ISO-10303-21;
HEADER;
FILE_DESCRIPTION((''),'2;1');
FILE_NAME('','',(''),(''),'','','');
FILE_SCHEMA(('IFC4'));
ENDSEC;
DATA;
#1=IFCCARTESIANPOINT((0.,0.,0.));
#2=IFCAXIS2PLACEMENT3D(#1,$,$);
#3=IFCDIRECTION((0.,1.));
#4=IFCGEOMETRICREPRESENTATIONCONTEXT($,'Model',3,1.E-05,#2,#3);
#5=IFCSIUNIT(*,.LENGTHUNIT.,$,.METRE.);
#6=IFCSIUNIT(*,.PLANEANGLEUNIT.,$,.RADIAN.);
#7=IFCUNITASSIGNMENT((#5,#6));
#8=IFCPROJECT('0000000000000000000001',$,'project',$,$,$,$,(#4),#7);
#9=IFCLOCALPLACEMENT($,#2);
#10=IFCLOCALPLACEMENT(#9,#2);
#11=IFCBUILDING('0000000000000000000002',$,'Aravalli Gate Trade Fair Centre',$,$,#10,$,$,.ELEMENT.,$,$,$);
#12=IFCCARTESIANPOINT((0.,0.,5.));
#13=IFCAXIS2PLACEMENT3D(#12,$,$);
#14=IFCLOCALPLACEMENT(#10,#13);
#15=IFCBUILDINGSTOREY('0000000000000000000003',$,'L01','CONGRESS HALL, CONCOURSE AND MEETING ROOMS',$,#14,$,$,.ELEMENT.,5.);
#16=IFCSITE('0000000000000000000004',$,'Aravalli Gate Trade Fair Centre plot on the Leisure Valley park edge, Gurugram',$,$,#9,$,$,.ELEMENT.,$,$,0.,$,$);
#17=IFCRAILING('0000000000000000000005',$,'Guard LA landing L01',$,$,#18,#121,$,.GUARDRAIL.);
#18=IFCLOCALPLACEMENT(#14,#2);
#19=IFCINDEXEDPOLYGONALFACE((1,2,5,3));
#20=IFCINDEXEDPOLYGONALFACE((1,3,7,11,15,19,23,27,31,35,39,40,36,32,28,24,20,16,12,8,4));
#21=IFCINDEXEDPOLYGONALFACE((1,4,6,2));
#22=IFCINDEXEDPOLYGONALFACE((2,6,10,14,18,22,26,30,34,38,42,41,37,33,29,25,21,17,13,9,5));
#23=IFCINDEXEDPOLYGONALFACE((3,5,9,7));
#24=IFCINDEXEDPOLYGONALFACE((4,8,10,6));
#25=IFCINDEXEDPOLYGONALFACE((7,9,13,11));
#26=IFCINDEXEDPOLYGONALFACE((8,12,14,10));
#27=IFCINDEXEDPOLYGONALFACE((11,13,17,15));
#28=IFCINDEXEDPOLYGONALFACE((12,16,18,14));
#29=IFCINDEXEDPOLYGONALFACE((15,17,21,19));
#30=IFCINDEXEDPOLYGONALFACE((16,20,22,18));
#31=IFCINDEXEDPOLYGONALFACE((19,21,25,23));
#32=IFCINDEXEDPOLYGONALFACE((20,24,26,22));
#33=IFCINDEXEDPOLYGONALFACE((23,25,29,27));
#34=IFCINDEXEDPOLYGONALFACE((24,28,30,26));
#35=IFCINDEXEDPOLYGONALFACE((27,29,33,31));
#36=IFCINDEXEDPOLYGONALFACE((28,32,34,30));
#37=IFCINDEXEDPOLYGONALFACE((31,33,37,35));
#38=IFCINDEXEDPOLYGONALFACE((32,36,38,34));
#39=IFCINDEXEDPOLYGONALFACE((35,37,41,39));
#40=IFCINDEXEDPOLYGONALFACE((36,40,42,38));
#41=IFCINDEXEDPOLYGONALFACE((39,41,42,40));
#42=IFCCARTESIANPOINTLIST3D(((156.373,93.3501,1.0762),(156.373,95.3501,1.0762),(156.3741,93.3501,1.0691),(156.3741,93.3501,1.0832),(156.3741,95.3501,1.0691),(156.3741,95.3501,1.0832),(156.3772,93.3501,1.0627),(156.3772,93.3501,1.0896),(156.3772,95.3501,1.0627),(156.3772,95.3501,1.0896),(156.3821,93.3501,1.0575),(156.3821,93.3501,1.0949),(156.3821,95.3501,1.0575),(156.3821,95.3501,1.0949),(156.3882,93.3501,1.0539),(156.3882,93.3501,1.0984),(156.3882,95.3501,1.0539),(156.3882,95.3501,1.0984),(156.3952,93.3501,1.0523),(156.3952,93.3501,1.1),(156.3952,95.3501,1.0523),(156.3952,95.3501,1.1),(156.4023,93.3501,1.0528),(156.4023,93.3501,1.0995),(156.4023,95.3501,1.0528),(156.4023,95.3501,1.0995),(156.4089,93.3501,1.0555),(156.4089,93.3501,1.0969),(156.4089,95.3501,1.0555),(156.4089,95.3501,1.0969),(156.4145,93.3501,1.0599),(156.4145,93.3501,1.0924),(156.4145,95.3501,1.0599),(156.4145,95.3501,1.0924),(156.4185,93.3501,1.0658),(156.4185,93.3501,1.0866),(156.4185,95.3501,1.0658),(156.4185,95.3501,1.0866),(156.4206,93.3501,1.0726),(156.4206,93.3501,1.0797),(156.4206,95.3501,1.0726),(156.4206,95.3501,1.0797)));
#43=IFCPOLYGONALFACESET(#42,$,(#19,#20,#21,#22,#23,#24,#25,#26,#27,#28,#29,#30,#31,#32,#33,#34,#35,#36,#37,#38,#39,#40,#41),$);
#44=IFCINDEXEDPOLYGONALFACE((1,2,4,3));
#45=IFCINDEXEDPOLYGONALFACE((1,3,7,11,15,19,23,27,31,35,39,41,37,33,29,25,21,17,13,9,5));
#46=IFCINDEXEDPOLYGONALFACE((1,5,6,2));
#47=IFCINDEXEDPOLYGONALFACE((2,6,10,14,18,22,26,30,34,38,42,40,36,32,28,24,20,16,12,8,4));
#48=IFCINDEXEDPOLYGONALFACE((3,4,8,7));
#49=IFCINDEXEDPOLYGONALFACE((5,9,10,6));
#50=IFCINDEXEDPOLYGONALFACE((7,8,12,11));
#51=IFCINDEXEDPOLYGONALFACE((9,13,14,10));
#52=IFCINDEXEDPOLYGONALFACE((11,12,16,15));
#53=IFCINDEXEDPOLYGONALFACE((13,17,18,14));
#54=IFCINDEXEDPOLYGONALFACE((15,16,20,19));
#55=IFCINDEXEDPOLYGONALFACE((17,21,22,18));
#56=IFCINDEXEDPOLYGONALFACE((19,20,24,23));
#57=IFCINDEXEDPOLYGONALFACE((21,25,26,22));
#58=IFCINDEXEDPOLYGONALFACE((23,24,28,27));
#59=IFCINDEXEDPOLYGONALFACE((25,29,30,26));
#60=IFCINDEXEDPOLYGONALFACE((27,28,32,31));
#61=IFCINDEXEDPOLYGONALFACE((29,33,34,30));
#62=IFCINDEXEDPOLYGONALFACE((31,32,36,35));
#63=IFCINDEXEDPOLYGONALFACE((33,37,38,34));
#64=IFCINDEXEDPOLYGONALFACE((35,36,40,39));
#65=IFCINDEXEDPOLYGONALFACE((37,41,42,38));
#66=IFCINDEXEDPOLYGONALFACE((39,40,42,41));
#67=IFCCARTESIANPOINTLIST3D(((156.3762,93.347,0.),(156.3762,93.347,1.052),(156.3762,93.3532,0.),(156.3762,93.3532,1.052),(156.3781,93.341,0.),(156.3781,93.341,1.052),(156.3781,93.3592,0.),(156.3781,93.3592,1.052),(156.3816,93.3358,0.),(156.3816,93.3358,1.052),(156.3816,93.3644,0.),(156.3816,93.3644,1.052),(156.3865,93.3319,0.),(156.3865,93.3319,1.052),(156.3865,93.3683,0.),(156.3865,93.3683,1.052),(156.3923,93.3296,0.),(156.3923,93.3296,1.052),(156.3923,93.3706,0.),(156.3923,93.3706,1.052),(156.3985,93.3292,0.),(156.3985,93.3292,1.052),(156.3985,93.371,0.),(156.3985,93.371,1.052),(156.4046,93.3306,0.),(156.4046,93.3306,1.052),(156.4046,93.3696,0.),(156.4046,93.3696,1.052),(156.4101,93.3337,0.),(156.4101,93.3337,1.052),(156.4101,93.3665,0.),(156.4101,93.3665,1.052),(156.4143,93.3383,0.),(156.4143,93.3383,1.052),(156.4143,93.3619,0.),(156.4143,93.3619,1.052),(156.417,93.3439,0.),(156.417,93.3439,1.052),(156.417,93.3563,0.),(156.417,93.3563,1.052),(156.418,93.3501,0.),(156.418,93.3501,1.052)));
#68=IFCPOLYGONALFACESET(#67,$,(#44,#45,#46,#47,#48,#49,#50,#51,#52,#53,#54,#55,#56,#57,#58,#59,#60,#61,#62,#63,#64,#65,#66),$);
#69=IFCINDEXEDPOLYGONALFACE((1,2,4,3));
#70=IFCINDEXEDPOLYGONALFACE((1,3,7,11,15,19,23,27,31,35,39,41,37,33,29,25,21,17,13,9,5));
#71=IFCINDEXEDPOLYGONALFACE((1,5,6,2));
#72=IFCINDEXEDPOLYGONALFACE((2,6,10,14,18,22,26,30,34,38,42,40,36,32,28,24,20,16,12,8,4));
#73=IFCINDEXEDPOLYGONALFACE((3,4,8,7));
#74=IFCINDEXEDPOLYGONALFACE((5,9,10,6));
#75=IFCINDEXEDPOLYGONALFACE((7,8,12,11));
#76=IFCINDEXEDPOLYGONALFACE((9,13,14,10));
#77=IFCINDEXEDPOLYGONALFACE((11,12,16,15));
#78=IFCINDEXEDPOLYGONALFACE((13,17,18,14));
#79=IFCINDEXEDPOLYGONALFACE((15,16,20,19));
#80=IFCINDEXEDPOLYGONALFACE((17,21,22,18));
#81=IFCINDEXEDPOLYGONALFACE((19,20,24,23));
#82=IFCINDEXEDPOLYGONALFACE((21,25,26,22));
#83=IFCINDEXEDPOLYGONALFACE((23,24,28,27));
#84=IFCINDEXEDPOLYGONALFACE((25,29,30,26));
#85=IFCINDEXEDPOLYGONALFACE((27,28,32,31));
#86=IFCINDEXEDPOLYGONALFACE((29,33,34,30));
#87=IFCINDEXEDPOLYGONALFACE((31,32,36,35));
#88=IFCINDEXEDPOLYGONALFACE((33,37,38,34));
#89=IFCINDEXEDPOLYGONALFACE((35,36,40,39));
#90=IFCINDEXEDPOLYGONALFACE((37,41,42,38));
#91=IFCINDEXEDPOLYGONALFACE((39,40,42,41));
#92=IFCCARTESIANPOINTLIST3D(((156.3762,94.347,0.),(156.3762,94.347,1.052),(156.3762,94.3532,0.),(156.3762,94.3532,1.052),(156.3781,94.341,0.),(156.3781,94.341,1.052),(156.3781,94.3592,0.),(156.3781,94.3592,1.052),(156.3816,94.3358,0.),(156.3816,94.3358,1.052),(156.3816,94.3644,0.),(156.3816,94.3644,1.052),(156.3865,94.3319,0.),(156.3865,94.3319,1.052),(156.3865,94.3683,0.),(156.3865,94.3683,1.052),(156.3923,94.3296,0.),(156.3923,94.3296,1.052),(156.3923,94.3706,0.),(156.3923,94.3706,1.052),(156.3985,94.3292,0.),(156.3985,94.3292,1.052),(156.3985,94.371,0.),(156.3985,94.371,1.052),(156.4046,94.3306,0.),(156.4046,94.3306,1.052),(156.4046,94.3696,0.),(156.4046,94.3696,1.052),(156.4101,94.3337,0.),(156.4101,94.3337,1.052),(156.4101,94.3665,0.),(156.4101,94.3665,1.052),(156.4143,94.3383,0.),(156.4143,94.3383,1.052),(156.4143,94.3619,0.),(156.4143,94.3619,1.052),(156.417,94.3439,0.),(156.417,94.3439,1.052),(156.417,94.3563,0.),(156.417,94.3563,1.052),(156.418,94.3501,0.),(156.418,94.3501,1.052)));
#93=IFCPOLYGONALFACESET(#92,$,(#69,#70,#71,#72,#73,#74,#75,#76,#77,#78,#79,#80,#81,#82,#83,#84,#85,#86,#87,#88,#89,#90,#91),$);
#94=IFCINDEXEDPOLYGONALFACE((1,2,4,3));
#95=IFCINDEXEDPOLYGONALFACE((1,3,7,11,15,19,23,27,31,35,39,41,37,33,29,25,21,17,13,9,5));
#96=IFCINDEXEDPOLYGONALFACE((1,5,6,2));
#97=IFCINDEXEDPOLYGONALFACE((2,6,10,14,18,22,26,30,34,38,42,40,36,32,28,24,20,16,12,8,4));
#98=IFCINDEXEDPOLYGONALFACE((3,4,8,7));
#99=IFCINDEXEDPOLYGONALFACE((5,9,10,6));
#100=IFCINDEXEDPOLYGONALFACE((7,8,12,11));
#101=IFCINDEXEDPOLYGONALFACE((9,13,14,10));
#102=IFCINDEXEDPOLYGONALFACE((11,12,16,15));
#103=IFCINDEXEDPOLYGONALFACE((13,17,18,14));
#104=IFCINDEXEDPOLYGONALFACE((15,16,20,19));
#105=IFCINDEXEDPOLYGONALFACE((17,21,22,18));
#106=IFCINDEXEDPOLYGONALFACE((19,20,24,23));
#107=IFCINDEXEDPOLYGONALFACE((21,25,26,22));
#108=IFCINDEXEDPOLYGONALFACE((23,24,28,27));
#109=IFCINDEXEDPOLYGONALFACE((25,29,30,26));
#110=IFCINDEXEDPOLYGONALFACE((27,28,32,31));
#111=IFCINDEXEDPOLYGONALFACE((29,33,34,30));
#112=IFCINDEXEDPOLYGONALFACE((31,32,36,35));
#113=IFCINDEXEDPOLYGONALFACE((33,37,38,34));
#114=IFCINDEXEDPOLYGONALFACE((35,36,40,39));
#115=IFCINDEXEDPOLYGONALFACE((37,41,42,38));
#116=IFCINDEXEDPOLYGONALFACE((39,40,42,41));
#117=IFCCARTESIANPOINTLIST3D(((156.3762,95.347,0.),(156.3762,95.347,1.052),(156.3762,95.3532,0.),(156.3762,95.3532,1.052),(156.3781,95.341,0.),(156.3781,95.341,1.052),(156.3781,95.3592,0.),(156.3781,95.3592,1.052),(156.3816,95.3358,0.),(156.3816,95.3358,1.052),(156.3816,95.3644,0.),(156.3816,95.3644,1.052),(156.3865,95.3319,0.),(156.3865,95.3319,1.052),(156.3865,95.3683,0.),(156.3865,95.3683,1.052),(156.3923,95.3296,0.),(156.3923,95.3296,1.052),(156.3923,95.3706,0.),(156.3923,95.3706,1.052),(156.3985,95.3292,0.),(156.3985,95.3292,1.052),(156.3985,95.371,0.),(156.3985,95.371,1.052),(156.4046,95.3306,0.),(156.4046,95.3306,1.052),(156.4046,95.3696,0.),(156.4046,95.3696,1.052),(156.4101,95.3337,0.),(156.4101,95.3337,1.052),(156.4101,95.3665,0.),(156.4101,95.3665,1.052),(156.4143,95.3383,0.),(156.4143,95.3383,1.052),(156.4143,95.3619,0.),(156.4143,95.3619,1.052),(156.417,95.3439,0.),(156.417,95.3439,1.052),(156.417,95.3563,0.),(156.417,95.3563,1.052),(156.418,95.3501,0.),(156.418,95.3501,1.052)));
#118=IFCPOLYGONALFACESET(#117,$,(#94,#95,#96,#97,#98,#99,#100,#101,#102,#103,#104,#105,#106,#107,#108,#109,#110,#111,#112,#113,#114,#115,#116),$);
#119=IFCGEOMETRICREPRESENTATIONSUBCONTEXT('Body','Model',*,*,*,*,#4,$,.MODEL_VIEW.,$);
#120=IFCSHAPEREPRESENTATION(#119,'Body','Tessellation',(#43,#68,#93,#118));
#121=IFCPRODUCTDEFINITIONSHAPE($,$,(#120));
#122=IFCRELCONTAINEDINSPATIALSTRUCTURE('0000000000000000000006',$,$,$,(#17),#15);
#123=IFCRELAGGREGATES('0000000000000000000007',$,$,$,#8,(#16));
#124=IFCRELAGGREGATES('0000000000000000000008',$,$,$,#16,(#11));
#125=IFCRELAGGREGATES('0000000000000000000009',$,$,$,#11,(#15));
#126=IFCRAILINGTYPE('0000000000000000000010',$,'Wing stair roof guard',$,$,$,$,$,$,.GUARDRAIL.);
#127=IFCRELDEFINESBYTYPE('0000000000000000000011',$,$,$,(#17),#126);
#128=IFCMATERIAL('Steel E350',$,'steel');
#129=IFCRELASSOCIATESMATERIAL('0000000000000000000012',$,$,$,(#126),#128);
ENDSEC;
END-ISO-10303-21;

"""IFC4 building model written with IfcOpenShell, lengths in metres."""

from ifc_helpers import new_model, si_unit, direction, frame, origin, origin_2d, place, context, subcontext, project, spatial, circle, extrude, material, type_object, element, save


model = new_model("IFC4")

# Units and contexts
model_context = context("Model", 3, precision=1e-05, world=origin(), true_north=direction((0.0, 1.0)))
body_context = subcontext(model_context, "Body", "Model", "MODEL_VIEW")
ifc_project = project(units=[si_unit("LENGTHUNIT", "METRE"), si_unit("PLANEANGLEUNIT", "RADIAN")], contexts=[model_context])

# Site, building, storey
site_placement = place(None, origin())
site = spatial("IfcSite", under=ifc_project, at=site_placement, Name="Aravalli Gate Trade Fair Centre plot on the Leisure Valley park edge, Gurugram", CompositionType="ELEMENT", RefElevation=0.0)
building_placement = place(site_placement, origin())
building = spatial("IfcBuilding", under=site, at=building_placement, Name="Aravalli Gate Trade Fair Centre", CompositionType="ELEMENT")
storey_placement = place(building_placement, frame((0.0, 0.0, 5.0)))
storey = spatial("IfcBuildingStorey", under=building, at=storey_placement, Name="L01", Description="CONGRESS HALL, CONCOURSE AND MEETING ROOMS", CompositionType="ELEMENT", Elevation=5.0)

# Shared definitions
ifc_material_1 = material(Name="Steel E350", Category="steel")

# Railing
railing_type_1 = type_object("IfcRailingType", Name="Wing stair roof guard", PredefinedType="GUARDRAIL", material=ifc_material_1)
railing_1_placement = place(storey_placement, frame((156.397, 93.3501, 0.0)))
element("IfcRailing", 1, at=railing_1_placement, inside=storey, type_object=railing_type_1, Name="Guard LA landing L01", PredefinedType="GUARDRAIL", context=body_context, shape_type="SweptSolid", body=[
    extrude(circle(Radius=0.0239, at=origin_2d()), frame((0.0, 0.0, 1.0762), z_axis=(0.0, 1.0, 0.0), x_axis=(-1.0, 0.0, 0.0)), (0.0, 0.0, 1.0), 2.0),
    extrude(circle(Radius=0.021, at=origin_2d()), origin(), (0.0, 0.0, 1.0), 1.052),
    extrude(circle(Radius=0.021, at=origin_2d()), frame((0.0, 1.0, 0.0)), (0.0, 0.0, 1.0), 1.052),
    extrude(circle(Radius=0.021, at=origin_2d()), frame((0.0, 2.0, 0.0)), (0.0, 0.0, 1.0), 1.052),
])

save(model, "model.ifc")
